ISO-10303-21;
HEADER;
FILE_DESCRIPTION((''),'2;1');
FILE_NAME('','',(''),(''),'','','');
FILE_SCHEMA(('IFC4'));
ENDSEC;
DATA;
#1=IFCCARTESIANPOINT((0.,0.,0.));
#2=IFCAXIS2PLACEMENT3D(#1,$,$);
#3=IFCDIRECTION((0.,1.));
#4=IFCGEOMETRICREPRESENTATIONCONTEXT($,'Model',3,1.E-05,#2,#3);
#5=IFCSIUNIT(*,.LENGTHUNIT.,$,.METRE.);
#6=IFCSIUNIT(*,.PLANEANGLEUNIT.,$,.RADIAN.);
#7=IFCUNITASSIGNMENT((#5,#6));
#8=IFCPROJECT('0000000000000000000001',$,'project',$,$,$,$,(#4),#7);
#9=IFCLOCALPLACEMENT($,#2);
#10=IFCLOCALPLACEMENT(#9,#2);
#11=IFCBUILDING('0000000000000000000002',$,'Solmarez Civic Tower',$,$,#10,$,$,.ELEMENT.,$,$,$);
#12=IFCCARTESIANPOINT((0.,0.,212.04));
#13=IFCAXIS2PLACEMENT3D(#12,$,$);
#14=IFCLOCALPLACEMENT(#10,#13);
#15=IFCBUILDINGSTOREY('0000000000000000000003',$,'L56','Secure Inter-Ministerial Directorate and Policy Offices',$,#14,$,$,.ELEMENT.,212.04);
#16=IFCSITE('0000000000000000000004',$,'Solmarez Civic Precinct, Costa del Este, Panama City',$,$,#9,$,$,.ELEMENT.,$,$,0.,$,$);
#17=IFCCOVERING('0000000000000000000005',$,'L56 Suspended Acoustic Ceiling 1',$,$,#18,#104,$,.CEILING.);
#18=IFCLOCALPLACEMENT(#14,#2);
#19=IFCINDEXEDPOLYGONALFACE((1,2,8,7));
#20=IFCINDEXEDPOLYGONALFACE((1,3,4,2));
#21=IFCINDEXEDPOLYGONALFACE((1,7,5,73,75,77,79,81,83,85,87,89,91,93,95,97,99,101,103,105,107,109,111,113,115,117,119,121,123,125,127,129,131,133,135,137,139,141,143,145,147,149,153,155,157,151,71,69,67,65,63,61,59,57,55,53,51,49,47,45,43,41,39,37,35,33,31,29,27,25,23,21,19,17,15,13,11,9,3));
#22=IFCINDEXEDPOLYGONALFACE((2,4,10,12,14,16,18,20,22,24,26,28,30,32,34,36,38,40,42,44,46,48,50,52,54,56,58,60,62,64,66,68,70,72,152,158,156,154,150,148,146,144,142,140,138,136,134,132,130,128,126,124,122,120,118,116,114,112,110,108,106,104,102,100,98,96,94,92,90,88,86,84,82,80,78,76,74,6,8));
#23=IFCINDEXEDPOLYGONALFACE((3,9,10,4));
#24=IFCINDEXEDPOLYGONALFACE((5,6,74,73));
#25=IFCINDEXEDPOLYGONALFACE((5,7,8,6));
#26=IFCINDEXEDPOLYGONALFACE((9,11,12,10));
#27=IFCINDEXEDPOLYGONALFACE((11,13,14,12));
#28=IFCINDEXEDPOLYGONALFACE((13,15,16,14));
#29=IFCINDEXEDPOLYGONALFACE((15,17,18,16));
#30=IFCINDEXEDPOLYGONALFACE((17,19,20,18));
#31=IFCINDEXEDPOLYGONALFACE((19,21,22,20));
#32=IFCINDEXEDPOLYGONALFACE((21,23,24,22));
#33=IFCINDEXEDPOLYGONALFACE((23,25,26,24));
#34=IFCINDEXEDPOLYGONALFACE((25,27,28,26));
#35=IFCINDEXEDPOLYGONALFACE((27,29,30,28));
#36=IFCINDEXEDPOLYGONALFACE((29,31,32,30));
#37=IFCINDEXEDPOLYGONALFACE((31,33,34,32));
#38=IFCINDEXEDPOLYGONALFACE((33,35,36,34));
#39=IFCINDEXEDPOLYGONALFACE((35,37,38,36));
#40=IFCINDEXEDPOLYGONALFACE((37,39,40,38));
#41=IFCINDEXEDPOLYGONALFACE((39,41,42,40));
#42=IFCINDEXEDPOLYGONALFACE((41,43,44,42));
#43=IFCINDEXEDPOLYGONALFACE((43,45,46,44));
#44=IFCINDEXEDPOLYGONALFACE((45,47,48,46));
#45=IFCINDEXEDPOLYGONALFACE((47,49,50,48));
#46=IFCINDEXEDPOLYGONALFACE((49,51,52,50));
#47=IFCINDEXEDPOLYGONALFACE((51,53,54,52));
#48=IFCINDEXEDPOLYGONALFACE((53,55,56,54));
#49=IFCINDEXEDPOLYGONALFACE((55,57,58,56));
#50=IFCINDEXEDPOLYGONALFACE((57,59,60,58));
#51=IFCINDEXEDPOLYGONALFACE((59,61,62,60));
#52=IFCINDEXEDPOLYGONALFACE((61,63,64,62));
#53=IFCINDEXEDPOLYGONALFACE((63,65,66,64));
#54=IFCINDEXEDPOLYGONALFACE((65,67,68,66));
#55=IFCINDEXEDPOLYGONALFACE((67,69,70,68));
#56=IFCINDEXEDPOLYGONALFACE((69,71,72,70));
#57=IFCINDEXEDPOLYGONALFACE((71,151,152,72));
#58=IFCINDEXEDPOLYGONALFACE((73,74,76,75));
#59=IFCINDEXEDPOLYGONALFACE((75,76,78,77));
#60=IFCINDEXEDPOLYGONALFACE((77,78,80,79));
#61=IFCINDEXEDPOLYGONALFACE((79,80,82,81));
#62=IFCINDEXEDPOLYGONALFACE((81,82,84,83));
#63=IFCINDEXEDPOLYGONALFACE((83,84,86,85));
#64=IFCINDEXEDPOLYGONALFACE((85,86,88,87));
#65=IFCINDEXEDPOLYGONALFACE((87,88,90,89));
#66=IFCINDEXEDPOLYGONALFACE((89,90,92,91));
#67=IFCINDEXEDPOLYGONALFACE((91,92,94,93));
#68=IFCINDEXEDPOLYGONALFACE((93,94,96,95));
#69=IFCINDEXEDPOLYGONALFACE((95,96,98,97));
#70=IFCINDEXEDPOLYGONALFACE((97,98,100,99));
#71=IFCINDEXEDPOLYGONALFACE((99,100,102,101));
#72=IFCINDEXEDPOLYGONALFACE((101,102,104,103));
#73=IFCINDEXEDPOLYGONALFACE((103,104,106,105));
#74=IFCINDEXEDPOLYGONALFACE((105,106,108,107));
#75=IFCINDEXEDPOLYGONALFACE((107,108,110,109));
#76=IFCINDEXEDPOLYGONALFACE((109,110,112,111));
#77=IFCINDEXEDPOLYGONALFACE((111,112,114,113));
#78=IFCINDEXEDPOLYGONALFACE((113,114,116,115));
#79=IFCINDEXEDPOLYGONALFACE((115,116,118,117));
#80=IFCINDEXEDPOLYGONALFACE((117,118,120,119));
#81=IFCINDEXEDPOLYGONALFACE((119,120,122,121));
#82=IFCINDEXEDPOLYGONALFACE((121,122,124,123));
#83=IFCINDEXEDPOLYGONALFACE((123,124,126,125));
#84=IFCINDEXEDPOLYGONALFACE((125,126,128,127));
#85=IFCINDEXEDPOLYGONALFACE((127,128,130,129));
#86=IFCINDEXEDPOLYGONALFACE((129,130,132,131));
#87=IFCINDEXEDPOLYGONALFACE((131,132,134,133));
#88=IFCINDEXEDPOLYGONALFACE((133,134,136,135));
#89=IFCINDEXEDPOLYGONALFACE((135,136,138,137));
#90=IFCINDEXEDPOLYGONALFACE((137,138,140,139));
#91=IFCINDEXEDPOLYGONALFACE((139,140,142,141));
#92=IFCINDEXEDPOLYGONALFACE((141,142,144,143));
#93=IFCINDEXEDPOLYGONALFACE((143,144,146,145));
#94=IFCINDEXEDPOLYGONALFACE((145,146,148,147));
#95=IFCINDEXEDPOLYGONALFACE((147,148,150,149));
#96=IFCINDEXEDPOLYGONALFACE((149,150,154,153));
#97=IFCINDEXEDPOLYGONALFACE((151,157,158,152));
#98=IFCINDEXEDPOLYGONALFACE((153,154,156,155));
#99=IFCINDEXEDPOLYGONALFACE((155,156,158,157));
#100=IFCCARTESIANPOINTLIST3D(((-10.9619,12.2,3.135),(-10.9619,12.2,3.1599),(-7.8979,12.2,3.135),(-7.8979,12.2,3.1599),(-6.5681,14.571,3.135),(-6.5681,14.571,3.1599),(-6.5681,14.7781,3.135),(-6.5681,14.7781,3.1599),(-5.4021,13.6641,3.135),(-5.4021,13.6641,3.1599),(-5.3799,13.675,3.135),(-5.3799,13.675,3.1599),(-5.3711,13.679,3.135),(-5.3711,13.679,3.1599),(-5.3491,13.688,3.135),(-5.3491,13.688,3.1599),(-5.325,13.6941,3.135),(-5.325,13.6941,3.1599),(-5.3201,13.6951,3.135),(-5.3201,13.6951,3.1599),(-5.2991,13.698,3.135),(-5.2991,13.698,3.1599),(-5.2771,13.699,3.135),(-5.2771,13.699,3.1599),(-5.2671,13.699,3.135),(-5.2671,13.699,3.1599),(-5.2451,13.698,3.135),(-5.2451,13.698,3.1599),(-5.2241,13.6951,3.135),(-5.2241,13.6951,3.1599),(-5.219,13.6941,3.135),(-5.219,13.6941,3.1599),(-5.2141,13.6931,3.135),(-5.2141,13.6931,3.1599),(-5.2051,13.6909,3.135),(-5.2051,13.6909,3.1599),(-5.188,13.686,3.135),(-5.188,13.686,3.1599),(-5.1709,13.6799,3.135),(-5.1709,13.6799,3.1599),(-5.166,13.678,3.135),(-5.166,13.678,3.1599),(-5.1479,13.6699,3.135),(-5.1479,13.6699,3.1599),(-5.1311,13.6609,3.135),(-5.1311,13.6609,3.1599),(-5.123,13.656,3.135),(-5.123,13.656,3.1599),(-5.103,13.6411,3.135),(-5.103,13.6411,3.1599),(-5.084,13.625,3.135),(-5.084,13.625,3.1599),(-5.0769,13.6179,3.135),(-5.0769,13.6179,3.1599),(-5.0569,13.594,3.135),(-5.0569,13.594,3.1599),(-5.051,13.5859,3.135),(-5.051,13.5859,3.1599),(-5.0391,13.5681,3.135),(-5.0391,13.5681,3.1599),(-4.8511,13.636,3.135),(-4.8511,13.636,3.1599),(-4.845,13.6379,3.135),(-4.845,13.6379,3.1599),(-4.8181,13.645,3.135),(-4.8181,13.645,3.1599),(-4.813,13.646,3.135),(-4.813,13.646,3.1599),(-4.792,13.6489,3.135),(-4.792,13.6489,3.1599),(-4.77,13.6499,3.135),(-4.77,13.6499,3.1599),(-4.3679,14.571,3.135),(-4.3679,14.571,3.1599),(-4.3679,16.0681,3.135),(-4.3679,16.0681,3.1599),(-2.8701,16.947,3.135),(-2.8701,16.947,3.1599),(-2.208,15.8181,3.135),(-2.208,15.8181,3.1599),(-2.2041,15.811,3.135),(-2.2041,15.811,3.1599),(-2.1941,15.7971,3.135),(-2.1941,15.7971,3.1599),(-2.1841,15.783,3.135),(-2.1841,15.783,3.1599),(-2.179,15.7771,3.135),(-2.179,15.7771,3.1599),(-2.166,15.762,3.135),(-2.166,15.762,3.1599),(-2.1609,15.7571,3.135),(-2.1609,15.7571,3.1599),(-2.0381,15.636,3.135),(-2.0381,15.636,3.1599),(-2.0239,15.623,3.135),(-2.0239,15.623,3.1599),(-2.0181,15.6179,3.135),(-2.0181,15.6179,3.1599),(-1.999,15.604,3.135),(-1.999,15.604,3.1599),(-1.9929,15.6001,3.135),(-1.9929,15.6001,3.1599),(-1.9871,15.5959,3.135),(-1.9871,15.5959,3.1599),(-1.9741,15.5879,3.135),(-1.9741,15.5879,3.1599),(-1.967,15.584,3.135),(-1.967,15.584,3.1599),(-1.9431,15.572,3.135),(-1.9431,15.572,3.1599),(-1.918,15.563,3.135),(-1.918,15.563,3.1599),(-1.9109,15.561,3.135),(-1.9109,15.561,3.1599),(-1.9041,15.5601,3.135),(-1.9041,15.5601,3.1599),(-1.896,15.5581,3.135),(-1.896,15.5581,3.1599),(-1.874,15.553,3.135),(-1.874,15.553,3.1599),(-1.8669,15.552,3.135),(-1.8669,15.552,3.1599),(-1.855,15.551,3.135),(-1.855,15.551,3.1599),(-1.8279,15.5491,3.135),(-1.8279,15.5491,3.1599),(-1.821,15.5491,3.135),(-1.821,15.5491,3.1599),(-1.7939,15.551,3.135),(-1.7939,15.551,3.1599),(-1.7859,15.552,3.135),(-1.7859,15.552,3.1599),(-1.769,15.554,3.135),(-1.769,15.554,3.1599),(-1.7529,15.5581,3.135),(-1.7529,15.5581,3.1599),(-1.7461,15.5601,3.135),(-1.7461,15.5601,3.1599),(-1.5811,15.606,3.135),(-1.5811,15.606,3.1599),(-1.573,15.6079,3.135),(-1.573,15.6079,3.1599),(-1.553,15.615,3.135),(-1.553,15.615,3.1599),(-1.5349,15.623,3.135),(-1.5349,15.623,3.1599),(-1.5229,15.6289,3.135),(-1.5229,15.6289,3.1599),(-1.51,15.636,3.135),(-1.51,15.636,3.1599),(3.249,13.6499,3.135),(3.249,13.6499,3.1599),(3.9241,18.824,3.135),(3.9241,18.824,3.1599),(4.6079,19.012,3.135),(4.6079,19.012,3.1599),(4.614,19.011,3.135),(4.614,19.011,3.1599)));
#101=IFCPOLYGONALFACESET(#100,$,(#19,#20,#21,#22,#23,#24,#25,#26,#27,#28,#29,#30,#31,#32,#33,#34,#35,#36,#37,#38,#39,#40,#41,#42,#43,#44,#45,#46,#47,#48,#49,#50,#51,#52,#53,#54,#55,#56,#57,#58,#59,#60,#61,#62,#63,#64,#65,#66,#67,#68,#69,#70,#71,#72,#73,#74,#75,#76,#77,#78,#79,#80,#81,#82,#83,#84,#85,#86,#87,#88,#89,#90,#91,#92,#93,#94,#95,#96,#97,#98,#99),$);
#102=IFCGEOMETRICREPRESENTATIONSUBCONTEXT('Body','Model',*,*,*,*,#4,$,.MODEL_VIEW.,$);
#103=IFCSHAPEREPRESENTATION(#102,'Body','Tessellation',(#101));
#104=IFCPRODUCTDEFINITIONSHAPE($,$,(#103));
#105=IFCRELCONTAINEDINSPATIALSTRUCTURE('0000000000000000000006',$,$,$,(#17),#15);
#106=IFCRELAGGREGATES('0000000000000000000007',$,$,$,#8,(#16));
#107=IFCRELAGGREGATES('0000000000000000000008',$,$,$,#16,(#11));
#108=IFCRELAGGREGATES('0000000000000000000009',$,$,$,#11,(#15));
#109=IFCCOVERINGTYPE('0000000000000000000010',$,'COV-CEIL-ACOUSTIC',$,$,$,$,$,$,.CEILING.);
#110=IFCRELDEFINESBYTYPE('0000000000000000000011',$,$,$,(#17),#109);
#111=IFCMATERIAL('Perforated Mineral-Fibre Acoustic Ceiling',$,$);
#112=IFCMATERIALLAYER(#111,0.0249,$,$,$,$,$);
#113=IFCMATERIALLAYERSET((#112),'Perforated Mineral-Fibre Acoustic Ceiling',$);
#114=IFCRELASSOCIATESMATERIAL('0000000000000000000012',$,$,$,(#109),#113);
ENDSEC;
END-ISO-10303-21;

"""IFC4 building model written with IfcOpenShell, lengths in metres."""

from ifc_helpers import new_model, si_unit, direction, frame, origin, place, context, subcontext, project, spatial, polyline, outline, extrude, material, layer, layer_set, type_object, element, save


model = new_model("IFC4")

# Units and contexts
model_context = context("Model", 3, precision=1e-05, world=origin(), true_north=direction((0.0, 1.0)))
body_context = subcontext(model_context, "Body", "Model", "MODEL_VIEW")
ifc_project = project(units=[si_unit("LENGTHUNIT", "METRE"), si_unit("PLANEANGLEUNIT", "RADIAN")], contexts=[model_context])

# Site, building, storey
site_placement = place(None, origin())
site = spatial("IfcSite", under=ifc_project, at=site_placement, Name="Solmarez Civic Precinct, Costa del Este, Panama City", CompositionType="ELEMENT", RefElevation=0.0)
building_placement = place(site_placement, origin())
building = spatial("IfcBuilding", under=site, at=building_placement, Name="Solmarez Civic Tower", CompositionType="ELEMENT")
storey_placement = place(building_placement, frame((0.0, 0.0, 212.04)))
storey = spatial("IfcBuildingStorey", under=building, at=storey_placement, Name="L56", Description="Secure Inter-Ministerial Directorate and Policy Offices", CompositionType="ELEMENT", Elevation=212.04)

# Covering
ifc_material_1 = material(Name="Perforated Mineral-Fibre Acoustic Ceiling")
ifc_layer_1 = layer(ifc_material_1, 0.0249)
ifc_layer_set_1 = layer_set([ifc_layer_1], Name="Perforated Mineral-Fibre Acoustic Ceiling")
covering_type_1 = type_object("IfcCoveringType", Name="COV-CEIL-ACOUSTIC", PredefinedType="CEILING", material=ifc_layer_set_1)
covering_1_placement = place(storey_placement, frame((0.0, 0.0, 3.135)))
element("IfcCovering", 1, at=covering_1_placement, inside=storey, type_object=covering_type_1, Name="L56 Suspended Acoustic Ceiling 1", PredefinedType="CEILING", context=body_context, shape_type="SweptSolid", body=[
    extrude(outline(polyline([(-10.9619, 12.2), (-7.8979, 12.2), (-5.4021, 13.6641), (-5.3799, 13.675), (-5.3711, 13.679), (-5.3491, 13.688), (-5.325, 13.6941), (-5.3201, 13.6951), (-5.2991, 13.698), (-5.2771, 13.699), (-5.2671, 13.699), (-5.2451, 13.698), (-5.2241, 13.6951), (-5.219, 13.6941), (-5.2141, 13.6931), (-5.2051, 13.6909), (-5.188, 13.686), (-5.1709, 13.6799), (-5.166, 13.678), (-5.1479, 13.6699), (-5.1311, 13.6609), (-5.123, 13.656), (-5.103, 13.6411), (-5.084, 13.625), (-5.0769, 13.6179), (-5.0569, 13.594), (-5.051, 13.5859), (-5.0391, 13.5681), (-4.8511, 13.636), (-4.845, 13.6379), (-4.8181, 13.645), (-4.813, 13.646), (-4.792, 13.6489), (-4.77, 13.6499), (3.249, 13.6499), (4.614, 19.011), (4.6079, 19.012), (3.9241, 18.824), (-1.51, 15.636), (-1.5229, 15.6289), (-1.5349, 15.623), (-1.553, 15.615), (-1.573, 15.6079), (-1.5811, 15.606), (-1.7461, 15.5601), (-1.7529, 15.5581), (-1.769, 15.554), (-1.7859, 15.552), (-1.7939, 15.551), (-1.821, 15.5491), (-1.8279, 15.5491), (-1.855, 15.551), (-1.8669, 15.552), (-1.874, 15.553), (-1.896, 15.5581), (-1.9041, 15.5601), (-1.9109, 15.561), (-1.918, 15.563), (-1.9431, 15.572), (-1.967, 15.584), (-1.9741, 15.5879), (-1.9871, 15.5959), (-1.9929, 15.6001), (-1.999, 15.604), (-2.0181, 15.6179), (-2.0239, 15.623), (-2.0381, 15.636), (-2.1609, 15.7571), (-2.166, 15.762), (-2.179, 15.7771), (-2.1841, 15.783), (-2.1941, 15.7971), (-2.2041, 15.811), (-2.208, 15.8181), (-2.8701, 16.947), (-4.3679, 16.0681), (-4.3679, 14.571), (-6.5681, 14.571), (-6.5681, 14.7781), (-10.9619, 12.2)])), origin(), (0.0, 0.0, 1.0), 0.0249),
])

save(model, "model.ifc")
